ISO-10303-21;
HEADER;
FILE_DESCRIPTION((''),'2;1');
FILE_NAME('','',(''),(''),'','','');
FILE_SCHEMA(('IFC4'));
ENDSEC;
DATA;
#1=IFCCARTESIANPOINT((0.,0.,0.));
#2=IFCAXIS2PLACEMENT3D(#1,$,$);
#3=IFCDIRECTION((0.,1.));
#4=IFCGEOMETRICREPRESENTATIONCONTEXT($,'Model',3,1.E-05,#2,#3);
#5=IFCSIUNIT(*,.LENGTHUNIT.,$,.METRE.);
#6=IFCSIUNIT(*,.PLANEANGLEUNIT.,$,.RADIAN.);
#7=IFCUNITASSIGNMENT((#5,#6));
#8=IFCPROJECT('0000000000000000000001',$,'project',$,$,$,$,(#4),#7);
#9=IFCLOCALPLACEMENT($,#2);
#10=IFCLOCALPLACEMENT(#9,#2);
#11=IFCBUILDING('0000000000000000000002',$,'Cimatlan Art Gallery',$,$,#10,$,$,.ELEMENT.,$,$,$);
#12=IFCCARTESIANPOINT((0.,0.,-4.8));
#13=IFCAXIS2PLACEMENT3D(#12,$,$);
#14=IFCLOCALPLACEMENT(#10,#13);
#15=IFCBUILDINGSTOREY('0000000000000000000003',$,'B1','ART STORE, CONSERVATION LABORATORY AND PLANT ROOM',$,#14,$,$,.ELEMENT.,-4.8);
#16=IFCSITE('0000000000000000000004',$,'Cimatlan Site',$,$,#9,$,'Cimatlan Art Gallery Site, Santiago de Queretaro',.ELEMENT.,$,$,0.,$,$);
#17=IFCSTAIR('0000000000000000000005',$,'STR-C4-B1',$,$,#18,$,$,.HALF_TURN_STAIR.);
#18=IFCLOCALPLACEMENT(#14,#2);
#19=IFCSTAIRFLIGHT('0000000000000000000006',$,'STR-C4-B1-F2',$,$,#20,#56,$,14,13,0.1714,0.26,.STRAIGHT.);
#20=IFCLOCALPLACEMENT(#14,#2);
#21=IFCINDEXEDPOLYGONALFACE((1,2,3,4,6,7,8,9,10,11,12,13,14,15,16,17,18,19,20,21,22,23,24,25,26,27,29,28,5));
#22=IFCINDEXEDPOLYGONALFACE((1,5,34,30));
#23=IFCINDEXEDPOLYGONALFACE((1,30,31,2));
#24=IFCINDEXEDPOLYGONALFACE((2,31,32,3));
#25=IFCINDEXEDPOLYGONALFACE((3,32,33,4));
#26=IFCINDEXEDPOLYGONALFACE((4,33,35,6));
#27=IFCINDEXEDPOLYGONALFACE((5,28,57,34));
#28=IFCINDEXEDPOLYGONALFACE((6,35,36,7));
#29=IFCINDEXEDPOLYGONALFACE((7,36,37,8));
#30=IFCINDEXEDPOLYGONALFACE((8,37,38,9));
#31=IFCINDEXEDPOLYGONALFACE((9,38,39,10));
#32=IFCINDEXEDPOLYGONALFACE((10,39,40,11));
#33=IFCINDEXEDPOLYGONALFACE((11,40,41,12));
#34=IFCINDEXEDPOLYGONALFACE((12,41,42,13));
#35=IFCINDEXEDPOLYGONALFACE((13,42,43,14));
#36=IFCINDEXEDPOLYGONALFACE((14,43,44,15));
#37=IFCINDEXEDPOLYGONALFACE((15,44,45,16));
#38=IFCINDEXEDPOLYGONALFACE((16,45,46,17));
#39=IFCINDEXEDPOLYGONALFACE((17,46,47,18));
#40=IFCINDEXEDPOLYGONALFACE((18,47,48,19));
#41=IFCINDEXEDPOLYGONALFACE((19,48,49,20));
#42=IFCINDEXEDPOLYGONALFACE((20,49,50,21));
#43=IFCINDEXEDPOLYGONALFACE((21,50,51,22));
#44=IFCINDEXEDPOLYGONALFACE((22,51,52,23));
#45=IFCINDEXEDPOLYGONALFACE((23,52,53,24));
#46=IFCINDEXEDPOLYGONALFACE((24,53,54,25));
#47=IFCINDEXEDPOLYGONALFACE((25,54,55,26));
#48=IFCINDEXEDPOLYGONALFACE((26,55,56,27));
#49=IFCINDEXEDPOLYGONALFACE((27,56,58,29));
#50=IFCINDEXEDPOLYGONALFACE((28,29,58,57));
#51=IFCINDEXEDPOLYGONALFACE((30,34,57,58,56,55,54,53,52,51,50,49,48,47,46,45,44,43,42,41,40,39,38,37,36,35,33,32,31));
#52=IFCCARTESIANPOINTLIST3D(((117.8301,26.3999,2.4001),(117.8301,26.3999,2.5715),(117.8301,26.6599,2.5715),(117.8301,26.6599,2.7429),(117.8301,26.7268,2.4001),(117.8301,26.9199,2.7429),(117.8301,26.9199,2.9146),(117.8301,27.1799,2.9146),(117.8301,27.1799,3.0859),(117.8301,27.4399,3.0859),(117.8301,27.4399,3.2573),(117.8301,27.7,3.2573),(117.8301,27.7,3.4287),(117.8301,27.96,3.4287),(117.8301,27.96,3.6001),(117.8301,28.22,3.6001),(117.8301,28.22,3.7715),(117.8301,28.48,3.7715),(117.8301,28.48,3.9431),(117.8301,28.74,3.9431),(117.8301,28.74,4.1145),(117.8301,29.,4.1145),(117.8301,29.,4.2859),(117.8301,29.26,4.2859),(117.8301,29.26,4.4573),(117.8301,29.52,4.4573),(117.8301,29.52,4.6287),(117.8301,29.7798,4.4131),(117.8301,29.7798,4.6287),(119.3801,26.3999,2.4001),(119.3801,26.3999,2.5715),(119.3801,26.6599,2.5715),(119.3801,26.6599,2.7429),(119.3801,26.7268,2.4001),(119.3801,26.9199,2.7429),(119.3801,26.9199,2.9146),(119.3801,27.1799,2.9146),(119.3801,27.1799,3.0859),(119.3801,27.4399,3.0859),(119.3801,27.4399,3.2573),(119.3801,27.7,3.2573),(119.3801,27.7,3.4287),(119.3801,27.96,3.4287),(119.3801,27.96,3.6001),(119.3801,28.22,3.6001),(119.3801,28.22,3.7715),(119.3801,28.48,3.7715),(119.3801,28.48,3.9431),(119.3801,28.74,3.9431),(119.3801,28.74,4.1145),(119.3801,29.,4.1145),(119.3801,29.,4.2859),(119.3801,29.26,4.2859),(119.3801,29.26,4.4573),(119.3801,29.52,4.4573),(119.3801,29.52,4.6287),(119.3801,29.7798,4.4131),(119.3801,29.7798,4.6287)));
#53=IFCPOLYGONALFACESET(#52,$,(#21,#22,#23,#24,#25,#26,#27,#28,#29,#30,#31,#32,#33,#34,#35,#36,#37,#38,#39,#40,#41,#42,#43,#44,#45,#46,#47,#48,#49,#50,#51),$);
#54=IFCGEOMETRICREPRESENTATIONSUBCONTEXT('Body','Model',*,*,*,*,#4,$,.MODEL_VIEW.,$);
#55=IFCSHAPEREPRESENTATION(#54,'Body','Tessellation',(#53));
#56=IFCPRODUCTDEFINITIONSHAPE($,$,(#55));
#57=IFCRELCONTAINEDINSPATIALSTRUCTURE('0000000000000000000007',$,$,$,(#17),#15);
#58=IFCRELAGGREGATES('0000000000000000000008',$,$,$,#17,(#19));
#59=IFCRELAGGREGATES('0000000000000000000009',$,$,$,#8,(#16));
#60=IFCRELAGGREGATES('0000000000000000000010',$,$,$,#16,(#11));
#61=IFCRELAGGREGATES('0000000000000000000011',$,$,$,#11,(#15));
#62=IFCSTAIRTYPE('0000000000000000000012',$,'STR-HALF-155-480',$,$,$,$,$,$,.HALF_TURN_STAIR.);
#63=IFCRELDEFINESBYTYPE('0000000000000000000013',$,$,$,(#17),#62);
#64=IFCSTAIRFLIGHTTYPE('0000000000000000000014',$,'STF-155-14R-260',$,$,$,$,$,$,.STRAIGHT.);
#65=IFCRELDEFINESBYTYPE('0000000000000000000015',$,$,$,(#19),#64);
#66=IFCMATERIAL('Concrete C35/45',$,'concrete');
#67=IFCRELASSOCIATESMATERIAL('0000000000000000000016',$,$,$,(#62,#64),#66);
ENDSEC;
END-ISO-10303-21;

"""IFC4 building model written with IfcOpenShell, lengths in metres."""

from ifc_helpers import new_model, si_unit, direction, frame, origin, place, context, subcontext, project, spatial, polyline, outline, extrude, material, type_object, element, aggregate, save


model = new_model("IFC4")

# Units and contexts
model_context = context("Model", 3, precision=1e-05, world=origin(), true_north=direction((0.0, 1.0)))
body_context = subcontext(model_context, "Body", "Model", "MODEL_VIEW")
ifc_project = project(units=[si_unit("LENGTHUNIT", "METRE"), si_unit("PLANEANGLEUNIT", "RADIAN")], contexts=[model_context])

# Site, building, storey
site_placement = place(None, origin())
site = spatial("IfcSite", under=ifc_project, at=site_placement, Name="Cimatlan Site", LongName="Cimatlan Art Gallery Site, Santiago de Queretaro", CompositionType="ELEMENT", RefElevation=0.0)
building_placement = place(site_placement, origin())
building = spatial("IfcBuilding", under=site, at=building_placement, Name="Cimatlan Art Gallery", CompositionType="ELEMENT")
storey_placement = place(building_placement, frame((0.0, 0.0, -4.8)))
storey = spatial("IfcBuildingStorey", under=building, at=storey_placement, Name="B1", Description="ART STORE, CONSERVATION LABORATORY AND PLANT ROOM", CompositionType="ELEMENT", Elevation=-4.8)

# Stair, stair flight
ifc_material_1 = material(Name="Concrete C35/45", Category="concrete")
stair_type = type_object("IfcStairType", Name="STR-HALF-155-480", PredefinedType="HALF_TURN_STAIR", material=ifc_material_1)
stair_placement = place(storey_placement, origin())
stair = element("IfcStair", 1, at=stair_placement, inside=storey, type_object=stair_type, Name="STR-C4-B1", PredefinedType="HALF_TURN_STAIR")
stair_flight_type = type_object("IfcStairFlightType", Name="STF-155-14R-260", PredefinedType="STRAIGHT", material=ifc_material_1)
stair_flight_1_placement = place(storey_placement, frame((118.605, 26.3999, 2.4001), z_axis=(0.0, 0.0, 1.0), x_axis=(0.0, 1.0, 0.0)))
stair_flight_1 = element("IfcStairFlight", 2, at=stair_flight_1_placement, type_object=stair_flight_type, Name="STR-C4-B1-F2", NumberOfRisers=14, NumberOfTreads=13, PredefinedType="STRAIGHT", RiserHeight=0.1714, TreadLength=0.26, context=body_context, shape_type="SweptSolid", body=[
    extrude(outline(polyline([(0.0, 0.0), (0.0, 0.1714), (0.26, 0.1714), (0.26, 0.3428), (0.52, 0.3428), (0.52, 0.5144), (0.78, 0.5144), (0.78, 0.6858), (1.04, 0.6858), (1.04, 0.8572), (1.3, 0.8572), (1.3, 1.0286), (1.5601, 1.0286), (1.5601, 1.2), (1.8201, 1.2), (1.8201, 1.3713), (2.0801, 1.3713), (2.0801, 1.543), (2.3401, 1.543), (2.3401, 1.7144), (2.6001, 1.7144), (2.6001, 1.8857), (2.8601, 1.8857), (2.8601, 2.0571), (3.1201, 2.0571), (3.1201, 2.2285), (3.3799, 2.2285), (3.3799, 2.3999), (3.3799, 2.0129), (0.3269, 0.0), (0.0, 0.0)])), frame((0.0, 0.7749, 0.0), z_axis=(0.0, -1.0, 0.0), x_axis=(1.0, 0.0, 0.0)), (0.0, 0.0, 1.0), 1.55),
])
aggregate(stair, [stair_flight_1])

save(model, "model.ifc")
